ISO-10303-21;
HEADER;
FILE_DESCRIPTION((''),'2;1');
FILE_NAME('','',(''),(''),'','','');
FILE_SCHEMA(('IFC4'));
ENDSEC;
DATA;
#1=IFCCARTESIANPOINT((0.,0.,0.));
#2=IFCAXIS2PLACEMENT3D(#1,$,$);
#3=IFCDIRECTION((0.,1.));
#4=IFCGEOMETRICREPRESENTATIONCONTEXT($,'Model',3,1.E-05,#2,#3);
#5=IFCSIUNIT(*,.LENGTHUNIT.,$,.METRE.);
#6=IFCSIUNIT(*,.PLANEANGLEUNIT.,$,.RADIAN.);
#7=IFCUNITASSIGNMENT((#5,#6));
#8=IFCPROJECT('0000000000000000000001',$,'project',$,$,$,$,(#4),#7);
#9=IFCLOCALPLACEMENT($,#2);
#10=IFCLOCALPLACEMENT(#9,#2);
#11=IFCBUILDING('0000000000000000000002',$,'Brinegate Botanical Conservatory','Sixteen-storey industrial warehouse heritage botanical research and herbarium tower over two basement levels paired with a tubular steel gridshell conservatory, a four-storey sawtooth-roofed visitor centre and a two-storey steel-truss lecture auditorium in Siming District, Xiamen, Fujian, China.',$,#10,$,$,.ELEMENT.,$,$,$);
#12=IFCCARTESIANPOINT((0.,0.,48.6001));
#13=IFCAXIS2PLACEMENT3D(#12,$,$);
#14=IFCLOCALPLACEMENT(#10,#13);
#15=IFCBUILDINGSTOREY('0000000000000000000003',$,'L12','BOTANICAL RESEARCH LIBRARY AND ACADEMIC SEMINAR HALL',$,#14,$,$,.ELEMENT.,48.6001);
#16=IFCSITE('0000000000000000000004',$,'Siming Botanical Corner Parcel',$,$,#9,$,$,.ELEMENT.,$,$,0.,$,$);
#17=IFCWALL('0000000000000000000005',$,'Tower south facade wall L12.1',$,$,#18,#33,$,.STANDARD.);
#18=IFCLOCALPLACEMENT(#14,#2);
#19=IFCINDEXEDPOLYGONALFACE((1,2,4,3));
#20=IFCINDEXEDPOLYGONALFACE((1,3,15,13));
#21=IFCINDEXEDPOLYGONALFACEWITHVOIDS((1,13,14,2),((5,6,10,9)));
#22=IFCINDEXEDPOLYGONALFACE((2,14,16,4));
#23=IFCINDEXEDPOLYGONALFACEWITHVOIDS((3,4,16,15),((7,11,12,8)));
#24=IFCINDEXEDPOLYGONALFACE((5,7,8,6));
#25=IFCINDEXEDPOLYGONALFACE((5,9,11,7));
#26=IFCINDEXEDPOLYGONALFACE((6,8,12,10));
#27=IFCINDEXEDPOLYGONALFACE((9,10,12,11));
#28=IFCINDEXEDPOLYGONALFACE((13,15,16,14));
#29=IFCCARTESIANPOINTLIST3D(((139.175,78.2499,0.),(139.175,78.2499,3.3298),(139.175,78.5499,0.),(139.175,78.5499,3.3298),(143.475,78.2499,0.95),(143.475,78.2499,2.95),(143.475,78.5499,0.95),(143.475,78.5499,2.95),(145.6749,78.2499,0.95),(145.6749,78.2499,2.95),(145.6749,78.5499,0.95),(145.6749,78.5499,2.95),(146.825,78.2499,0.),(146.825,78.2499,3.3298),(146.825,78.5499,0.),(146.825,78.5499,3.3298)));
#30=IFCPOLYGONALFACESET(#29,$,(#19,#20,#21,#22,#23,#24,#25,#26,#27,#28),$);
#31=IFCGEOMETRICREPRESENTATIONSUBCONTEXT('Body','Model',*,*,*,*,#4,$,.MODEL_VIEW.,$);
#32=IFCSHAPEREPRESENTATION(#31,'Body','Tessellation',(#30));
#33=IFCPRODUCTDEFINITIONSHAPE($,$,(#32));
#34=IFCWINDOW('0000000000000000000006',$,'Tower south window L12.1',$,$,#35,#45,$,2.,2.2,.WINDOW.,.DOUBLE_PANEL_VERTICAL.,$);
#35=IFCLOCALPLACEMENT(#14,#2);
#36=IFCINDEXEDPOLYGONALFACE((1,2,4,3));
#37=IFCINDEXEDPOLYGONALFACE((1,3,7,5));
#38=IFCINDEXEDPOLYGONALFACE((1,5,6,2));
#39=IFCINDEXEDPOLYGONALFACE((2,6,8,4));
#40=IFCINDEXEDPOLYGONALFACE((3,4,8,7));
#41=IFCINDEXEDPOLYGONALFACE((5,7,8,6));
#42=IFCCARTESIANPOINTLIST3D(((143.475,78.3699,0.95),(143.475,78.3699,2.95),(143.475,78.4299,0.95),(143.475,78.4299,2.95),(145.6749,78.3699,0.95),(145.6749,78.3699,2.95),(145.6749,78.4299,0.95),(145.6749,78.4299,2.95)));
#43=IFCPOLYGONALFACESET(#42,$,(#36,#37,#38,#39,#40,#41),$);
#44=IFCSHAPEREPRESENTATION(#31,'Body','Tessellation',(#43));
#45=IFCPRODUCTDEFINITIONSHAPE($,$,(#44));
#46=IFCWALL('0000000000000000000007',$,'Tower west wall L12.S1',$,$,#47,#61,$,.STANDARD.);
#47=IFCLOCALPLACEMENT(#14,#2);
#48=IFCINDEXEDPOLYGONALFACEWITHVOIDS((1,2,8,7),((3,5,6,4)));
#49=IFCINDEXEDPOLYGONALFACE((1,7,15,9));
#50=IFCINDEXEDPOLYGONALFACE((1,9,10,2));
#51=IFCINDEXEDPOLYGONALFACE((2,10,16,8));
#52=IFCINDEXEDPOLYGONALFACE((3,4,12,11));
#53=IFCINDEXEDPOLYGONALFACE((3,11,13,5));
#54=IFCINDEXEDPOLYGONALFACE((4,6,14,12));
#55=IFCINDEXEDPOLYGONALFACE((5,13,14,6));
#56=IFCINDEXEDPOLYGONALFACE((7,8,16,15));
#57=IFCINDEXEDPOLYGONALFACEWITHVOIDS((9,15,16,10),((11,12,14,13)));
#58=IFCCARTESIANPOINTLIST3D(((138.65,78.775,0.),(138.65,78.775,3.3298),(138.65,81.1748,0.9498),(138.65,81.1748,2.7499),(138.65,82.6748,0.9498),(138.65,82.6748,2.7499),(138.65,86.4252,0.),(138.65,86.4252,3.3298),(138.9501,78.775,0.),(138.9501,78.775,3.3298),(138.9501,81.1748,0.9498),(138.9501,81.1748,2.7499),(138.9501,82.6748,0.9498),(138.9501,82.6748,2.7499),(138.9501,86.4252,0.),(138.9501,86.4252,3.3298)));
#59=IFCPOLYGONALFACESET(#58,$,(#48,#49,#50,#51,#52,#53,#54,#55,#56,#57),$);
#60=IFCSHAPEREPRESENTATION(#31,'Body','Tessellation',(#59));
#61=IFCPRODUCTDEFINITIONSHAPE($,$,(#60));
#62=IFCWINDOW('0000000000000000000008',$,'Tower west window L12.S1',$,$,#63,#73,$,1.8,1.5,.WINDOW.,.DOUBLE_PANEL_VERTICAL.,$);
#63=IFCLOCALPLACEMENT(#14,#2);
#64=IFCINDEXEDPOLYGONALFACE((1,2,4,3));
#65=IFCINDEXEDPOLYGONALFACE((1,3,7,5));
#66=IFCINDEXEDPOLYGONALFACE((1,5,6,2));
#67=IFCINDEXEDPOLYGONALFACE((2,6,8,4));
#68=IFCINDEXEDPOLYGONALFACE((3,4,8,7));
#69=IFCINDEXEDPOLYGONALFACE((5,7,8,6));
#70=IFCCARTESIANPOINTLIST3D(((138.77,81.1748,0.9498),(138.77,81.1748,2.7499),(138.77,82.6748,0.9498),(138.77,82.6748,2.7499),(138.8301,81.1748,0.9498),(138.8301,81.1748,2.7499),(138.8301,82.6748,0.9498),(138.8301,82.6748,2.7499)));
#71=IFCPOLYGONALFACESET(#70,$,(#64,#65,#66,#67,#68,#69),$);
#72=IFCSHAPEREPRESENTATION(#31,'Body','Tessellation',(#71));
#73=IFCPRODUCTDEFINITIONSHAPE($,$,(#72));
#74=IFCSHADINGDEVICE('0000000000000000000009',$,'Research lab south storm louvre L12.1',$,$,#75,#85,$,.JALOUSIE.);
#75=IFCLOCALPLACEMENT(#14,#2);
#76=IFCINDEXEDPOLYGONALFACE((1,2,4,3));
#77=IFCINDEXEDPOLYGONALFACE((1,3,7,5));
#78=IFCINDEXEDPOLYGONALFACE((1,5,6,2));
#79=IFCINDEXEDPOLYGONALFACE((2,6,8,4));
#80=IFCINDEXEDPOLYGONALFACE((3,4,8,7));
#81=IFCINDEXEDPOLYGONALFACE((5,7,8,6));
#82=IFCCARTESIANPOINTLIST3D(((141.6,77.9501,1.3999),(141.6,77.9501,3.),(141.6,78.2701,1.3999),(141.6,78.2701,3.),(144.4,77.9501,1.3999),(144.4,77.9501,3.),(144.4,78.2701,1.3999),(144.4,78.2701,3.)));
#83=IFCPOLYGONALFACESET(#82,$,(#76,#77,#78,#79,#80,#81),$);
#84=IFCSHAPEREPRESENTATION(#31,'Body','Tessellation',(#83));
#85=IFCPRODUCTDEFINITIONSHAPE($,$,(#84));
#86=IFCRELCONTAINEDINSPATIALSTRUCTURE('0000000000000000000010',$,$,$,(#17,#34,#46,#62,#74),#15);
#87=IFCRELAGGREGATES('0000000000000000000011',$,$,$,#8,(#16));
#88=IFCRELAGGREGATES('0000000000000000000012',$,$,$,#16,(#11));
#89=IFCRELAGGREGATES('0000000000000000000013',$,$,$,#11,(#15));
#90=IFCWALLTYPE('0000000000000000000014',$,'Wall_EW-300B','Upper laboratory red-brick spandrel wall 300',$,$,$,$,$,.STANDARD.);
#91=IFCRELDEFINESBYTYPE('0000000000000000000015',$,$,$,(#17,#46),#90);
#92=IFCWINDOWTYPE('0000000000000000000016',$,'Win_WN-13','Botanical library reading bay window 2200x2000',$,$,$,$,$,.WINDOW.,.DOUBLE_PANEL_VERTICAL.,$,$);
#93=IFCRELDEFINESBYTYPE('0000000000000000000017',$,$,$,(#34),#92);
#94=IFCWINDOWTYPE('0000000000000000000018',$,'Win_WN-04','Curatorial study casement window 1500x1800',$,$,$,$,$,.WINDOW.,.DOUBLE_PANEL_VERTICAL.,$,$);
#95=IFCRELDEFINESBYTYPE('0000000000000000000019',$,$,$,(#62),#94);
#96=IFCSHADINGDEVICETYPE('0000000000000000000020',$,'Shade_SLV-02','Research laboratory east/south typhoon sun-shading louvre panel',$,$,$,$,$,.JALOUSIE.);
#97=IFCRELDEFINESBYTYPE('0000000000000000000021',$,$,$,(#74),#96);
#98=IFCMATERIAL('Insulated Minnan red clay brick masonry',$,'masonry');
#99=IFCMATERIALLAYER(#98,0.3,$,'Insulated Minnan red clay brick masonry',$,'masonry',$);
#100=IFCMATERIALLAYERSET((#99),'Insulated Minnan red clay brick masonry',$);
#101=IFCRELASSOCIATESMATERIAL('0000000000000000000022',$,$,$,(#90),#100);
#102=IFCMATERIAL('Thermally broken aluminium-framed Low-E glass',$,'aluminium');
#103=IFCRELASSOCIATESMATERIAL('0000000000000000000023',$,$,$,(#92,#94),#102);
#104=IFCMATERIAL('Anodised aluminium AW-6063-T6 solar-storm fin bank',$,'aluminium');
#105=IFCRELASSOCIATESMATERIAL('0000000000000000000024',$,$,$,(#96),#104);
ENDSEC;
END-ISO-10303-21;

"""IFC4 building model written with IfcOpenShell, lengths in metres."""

from ifc_helpers import new_model, si_unit, direction, frame, frame_2d, origin, origin_2d, place, context, subcontext, project, spatial, rectangle, extrude, material, layer, layer_set, type_object, element, fill, save


model = new_model("IFC4")

# Units and contexts
model_context = context("Model", 3, precision=1e-05, world=origin(), true_north=direction((0.0, 1.0)))
body_context = subcontext(model_context, "Body", "Model", "MODEL_VIEW")
ifc_project = project(units=[si_unit("LENGTHUNIT", "METRE"), si_unit("PLANEANGLEUNIT", "RADIAN")], contexts=[model_context])

# Site, building, storey
site_placement = place(None, origin())
site = spatial("IfcSite", under=ifc_project, at=site_placement, Name="Siming Botanical Corner Parcel", CompositionType="ELEMENT", RefElevation=0.0)
building_placement = place(site_placement, origin())
building = spatial("IfcBuilding", under=site, at=building_placement, Name="Brinegate Botanical Conservatory", Description="Sixteen-storey industrial warehouse heritage botanical research and herbarium tower over two basement levels paired with a tubular steel gridshell conservatory, a four-storey sawtooth-roofed visitor centre and a two-storey steel-truss lecture auditorium in Siming District, Xiamen, Fujian, China.", CompositionType="ELEMENT")
storey_placement = place(building_placement, frame((0.0, 0.0, 48.6001)))
storey = spatial("IfcBuildingStorey", under=building, at=storey_placement, Name="L12", Description="BOTANICAL RESEARCH LIBRARY AND ACADEMIC SEMINAR HALL", CompositionType="ELEMENT", Elevation=48.6001)

# Walls, openings, windows
ifc_material_1 = material(Name="Insulated Minnan red clay brick masonry", Category="masonry")
ifc_layer = layer(ifc_material_1, 0.3, Name="Insulated Minnan red clay brick masonry", Category="masonry")
ifc_layer_set = layer_set([ifc_layer], Name="Insulated Minnan red clay brick masonry")
wall_type = type_object("IfcWallType", Name="Wall_EW-300B", Description="Upper laboratory red-brick spandrel wall 300", PredefinedType="STANDARD", material=ifc_layer_set)
wall_1_placement = place(storey_placement, frame((146.825, 78.3999, 0.0), z_axis=(0.0, 0.0, 1.0), x_axis=(-1.0, 0.0, 0.0)))
wall_1 = element("IfcWall", 1, at=wall_1_placement, inside=storey, type_object=wall_type, Name="Tower south facade wall L12.1", PredefinedType="STANDARD", context=body_context, shape_type="SweptSolid", body=[
    extrude(rectangle(XDim=7.6499, YDim=0.3, at=frame_2d((3.825, 0.0))), origin(), (0.0, 0.0, 1.0), 3.3298),
])
opening_1_placement = place(wall_1_placement, frame((1.1499, 0.0, 0.95)))
opening_1 = element("IfcOpeningElement", 2, at=opening_1_placement, cuts=wall_1, PredefinedType="OPENING", context=body_context, shape_type="SweptSolid", body=[
    extrude(rectangle(XDim=2.2, YDim=2.0, at=frame_2d((1.1001, 1.0))), frame((0.0, 0.1599, 0.0), z_axis=(0.0, -1.0, 0.0), x_axis=(1.0, 0.0, 0.0)), (0.0, 0.0, 1.0), 0.3201),
])
ifc_material_2 = material(Name="Thermally broken aluminium-framed Low-E glass", Category="aluminium")
window_type_1 = type_object("IfcWindowType", Name="Win_WN-13", Description="Botanical library reading bay window 2200x2000", PartitioningType="DOUBLE_PANEL_VERTICAL", PredefinedType="WINDOW", material=ifc_material_2)
window_1_placement = place(opening_1_placement, origin())
window_1 = element("IfcWindow", 3, at=window_1_placement, inside=storey, type_object=window_type_1, Name="Tower south window L12.1", OverallHeight=2.0, OverallWidth=2.2, PartitioningType="DOUBLE_PANEL_VERTICAL", PredefinedType="WINDOW", context=body_context, shape_type="SweptSolid", body=[
    extrude(rectangle(XDim=2.2, YDim=2.0, at=frame_2d((1.1001, 1.0))), frame((0.0, 0.03, 0.0), z_axis=(0.0, -1.0, 0.0), x_axis=(1.0, 0.0, 0.0)), (0.0, 0.0, 1.0), 0.0601),
])
fill(opening_1, window_1)
wall_2_placement = place(storey_placement, frame((138.8, 78.7749, 0.0), z_axis=(0.0, 0.0, 1.0), x_axis=(0.0, 1.0, 0.0)))
wall_2 = element("IfcWall", 4, at=wall_2_placement, inside=storey, type_object=wall_type, Name="Tower west wall L12.S1", PredefinedType="STANDARD", context=body_context, shape_type="SweptSolid", body=[
    extrude(rectangle(XDim=7.6501, YDim=0.3, at=frame_2d((3.8252, 0.0))), origin(), (0.0, 0.0, 1.0), 3.3298),
])
opening_2_placement = place(wall_2_placement, frame((2.3999, 0.0, 0.95)))
opening_2 = element("IfcOpeningElement", 5, at=opening_2_placement, cuts=wall_2, PredefinedType="OPENING", context=body_context, shape_type="SweptSolid", body=[
    extrude(rectangle(XDim=1.5, YDim=1.8, at=frame_2d((0.75, 0.8999))), frame((0.0, 0.1599, 0.0), z_axis=(0.0, -1.0, 0.0), x_axis=(1.0, 0.0, 0.0)), (0.0, 0.0, 1.0), 0.3201),
])
window_type_2 = type_object("IfcWindowType", Name="Win_WN-04", Description="Curatorial study casement window 1500x1800", PartitioningType="DOUBLE_PANEL_VERTICAL", PredefinedType="WINDOW", material=ifc_material_2)
window_2_placement = place(opening_2_placement, origin())
window_2 = element("IfcWindow", 6, at=window_2_placement, inside=storey, type_object=window_type_2, Name="Tower west window L12.S1", OverallHeight=1.8, OverallWidth=1.5, PartitioningType="DOUBLE_PANEL_VERTICAL", PredefinedType="WINDOW", context=body_context, shape_type="SweptSolid", body=[
    extrude(rectangle(XDim=1.5, YDim=1.8, at=frame_2d((0.75, 0.8999))), frame((0.0, 0.03, 0.0), z_axis=(0.0, -1.0, 0.0), x_axis=(1.0, 0.0, 0.0)), (0.0, 0.0, 1.0), 0.0601),
])
fill(opening_2, window_2)

# Shading device
ifc_material_3 = material(Name="Anodised aluminium AW-6063-T6 solar-storm fin bank", Category="aluminium")
shading_device_type = type_object("IfcShadingDeviceType", Name="Shade_SLV-02", Description="Research laboratory east/south typhoon sun-shading louvre panel", PredefinedType="JALOUSIE", material=ifc_material_3)
shading_device_placement = place(storey_placement, frame((143.0, 78.1101, 1.3999), z_axis=(0.0, 0.0, 1.0), x_axis=(1.0, 0.0, 0.0)))
element("IfcShadingDevice", 7, at=shading_device_placement, inside=storey, type_object=shading_device_type, Name="Research lab south storm louvre L12.1", PredefinedType="JALOUSIE", context=body_context, shape_type="SweptSolid", body=[
    extrude(rectangle(XDim=2.8, YDim=0.3201, at=origin_2d()), origin(), (0.0, 0.0, 1.0), 1.6001),
])

save(model, "model.ifc")
